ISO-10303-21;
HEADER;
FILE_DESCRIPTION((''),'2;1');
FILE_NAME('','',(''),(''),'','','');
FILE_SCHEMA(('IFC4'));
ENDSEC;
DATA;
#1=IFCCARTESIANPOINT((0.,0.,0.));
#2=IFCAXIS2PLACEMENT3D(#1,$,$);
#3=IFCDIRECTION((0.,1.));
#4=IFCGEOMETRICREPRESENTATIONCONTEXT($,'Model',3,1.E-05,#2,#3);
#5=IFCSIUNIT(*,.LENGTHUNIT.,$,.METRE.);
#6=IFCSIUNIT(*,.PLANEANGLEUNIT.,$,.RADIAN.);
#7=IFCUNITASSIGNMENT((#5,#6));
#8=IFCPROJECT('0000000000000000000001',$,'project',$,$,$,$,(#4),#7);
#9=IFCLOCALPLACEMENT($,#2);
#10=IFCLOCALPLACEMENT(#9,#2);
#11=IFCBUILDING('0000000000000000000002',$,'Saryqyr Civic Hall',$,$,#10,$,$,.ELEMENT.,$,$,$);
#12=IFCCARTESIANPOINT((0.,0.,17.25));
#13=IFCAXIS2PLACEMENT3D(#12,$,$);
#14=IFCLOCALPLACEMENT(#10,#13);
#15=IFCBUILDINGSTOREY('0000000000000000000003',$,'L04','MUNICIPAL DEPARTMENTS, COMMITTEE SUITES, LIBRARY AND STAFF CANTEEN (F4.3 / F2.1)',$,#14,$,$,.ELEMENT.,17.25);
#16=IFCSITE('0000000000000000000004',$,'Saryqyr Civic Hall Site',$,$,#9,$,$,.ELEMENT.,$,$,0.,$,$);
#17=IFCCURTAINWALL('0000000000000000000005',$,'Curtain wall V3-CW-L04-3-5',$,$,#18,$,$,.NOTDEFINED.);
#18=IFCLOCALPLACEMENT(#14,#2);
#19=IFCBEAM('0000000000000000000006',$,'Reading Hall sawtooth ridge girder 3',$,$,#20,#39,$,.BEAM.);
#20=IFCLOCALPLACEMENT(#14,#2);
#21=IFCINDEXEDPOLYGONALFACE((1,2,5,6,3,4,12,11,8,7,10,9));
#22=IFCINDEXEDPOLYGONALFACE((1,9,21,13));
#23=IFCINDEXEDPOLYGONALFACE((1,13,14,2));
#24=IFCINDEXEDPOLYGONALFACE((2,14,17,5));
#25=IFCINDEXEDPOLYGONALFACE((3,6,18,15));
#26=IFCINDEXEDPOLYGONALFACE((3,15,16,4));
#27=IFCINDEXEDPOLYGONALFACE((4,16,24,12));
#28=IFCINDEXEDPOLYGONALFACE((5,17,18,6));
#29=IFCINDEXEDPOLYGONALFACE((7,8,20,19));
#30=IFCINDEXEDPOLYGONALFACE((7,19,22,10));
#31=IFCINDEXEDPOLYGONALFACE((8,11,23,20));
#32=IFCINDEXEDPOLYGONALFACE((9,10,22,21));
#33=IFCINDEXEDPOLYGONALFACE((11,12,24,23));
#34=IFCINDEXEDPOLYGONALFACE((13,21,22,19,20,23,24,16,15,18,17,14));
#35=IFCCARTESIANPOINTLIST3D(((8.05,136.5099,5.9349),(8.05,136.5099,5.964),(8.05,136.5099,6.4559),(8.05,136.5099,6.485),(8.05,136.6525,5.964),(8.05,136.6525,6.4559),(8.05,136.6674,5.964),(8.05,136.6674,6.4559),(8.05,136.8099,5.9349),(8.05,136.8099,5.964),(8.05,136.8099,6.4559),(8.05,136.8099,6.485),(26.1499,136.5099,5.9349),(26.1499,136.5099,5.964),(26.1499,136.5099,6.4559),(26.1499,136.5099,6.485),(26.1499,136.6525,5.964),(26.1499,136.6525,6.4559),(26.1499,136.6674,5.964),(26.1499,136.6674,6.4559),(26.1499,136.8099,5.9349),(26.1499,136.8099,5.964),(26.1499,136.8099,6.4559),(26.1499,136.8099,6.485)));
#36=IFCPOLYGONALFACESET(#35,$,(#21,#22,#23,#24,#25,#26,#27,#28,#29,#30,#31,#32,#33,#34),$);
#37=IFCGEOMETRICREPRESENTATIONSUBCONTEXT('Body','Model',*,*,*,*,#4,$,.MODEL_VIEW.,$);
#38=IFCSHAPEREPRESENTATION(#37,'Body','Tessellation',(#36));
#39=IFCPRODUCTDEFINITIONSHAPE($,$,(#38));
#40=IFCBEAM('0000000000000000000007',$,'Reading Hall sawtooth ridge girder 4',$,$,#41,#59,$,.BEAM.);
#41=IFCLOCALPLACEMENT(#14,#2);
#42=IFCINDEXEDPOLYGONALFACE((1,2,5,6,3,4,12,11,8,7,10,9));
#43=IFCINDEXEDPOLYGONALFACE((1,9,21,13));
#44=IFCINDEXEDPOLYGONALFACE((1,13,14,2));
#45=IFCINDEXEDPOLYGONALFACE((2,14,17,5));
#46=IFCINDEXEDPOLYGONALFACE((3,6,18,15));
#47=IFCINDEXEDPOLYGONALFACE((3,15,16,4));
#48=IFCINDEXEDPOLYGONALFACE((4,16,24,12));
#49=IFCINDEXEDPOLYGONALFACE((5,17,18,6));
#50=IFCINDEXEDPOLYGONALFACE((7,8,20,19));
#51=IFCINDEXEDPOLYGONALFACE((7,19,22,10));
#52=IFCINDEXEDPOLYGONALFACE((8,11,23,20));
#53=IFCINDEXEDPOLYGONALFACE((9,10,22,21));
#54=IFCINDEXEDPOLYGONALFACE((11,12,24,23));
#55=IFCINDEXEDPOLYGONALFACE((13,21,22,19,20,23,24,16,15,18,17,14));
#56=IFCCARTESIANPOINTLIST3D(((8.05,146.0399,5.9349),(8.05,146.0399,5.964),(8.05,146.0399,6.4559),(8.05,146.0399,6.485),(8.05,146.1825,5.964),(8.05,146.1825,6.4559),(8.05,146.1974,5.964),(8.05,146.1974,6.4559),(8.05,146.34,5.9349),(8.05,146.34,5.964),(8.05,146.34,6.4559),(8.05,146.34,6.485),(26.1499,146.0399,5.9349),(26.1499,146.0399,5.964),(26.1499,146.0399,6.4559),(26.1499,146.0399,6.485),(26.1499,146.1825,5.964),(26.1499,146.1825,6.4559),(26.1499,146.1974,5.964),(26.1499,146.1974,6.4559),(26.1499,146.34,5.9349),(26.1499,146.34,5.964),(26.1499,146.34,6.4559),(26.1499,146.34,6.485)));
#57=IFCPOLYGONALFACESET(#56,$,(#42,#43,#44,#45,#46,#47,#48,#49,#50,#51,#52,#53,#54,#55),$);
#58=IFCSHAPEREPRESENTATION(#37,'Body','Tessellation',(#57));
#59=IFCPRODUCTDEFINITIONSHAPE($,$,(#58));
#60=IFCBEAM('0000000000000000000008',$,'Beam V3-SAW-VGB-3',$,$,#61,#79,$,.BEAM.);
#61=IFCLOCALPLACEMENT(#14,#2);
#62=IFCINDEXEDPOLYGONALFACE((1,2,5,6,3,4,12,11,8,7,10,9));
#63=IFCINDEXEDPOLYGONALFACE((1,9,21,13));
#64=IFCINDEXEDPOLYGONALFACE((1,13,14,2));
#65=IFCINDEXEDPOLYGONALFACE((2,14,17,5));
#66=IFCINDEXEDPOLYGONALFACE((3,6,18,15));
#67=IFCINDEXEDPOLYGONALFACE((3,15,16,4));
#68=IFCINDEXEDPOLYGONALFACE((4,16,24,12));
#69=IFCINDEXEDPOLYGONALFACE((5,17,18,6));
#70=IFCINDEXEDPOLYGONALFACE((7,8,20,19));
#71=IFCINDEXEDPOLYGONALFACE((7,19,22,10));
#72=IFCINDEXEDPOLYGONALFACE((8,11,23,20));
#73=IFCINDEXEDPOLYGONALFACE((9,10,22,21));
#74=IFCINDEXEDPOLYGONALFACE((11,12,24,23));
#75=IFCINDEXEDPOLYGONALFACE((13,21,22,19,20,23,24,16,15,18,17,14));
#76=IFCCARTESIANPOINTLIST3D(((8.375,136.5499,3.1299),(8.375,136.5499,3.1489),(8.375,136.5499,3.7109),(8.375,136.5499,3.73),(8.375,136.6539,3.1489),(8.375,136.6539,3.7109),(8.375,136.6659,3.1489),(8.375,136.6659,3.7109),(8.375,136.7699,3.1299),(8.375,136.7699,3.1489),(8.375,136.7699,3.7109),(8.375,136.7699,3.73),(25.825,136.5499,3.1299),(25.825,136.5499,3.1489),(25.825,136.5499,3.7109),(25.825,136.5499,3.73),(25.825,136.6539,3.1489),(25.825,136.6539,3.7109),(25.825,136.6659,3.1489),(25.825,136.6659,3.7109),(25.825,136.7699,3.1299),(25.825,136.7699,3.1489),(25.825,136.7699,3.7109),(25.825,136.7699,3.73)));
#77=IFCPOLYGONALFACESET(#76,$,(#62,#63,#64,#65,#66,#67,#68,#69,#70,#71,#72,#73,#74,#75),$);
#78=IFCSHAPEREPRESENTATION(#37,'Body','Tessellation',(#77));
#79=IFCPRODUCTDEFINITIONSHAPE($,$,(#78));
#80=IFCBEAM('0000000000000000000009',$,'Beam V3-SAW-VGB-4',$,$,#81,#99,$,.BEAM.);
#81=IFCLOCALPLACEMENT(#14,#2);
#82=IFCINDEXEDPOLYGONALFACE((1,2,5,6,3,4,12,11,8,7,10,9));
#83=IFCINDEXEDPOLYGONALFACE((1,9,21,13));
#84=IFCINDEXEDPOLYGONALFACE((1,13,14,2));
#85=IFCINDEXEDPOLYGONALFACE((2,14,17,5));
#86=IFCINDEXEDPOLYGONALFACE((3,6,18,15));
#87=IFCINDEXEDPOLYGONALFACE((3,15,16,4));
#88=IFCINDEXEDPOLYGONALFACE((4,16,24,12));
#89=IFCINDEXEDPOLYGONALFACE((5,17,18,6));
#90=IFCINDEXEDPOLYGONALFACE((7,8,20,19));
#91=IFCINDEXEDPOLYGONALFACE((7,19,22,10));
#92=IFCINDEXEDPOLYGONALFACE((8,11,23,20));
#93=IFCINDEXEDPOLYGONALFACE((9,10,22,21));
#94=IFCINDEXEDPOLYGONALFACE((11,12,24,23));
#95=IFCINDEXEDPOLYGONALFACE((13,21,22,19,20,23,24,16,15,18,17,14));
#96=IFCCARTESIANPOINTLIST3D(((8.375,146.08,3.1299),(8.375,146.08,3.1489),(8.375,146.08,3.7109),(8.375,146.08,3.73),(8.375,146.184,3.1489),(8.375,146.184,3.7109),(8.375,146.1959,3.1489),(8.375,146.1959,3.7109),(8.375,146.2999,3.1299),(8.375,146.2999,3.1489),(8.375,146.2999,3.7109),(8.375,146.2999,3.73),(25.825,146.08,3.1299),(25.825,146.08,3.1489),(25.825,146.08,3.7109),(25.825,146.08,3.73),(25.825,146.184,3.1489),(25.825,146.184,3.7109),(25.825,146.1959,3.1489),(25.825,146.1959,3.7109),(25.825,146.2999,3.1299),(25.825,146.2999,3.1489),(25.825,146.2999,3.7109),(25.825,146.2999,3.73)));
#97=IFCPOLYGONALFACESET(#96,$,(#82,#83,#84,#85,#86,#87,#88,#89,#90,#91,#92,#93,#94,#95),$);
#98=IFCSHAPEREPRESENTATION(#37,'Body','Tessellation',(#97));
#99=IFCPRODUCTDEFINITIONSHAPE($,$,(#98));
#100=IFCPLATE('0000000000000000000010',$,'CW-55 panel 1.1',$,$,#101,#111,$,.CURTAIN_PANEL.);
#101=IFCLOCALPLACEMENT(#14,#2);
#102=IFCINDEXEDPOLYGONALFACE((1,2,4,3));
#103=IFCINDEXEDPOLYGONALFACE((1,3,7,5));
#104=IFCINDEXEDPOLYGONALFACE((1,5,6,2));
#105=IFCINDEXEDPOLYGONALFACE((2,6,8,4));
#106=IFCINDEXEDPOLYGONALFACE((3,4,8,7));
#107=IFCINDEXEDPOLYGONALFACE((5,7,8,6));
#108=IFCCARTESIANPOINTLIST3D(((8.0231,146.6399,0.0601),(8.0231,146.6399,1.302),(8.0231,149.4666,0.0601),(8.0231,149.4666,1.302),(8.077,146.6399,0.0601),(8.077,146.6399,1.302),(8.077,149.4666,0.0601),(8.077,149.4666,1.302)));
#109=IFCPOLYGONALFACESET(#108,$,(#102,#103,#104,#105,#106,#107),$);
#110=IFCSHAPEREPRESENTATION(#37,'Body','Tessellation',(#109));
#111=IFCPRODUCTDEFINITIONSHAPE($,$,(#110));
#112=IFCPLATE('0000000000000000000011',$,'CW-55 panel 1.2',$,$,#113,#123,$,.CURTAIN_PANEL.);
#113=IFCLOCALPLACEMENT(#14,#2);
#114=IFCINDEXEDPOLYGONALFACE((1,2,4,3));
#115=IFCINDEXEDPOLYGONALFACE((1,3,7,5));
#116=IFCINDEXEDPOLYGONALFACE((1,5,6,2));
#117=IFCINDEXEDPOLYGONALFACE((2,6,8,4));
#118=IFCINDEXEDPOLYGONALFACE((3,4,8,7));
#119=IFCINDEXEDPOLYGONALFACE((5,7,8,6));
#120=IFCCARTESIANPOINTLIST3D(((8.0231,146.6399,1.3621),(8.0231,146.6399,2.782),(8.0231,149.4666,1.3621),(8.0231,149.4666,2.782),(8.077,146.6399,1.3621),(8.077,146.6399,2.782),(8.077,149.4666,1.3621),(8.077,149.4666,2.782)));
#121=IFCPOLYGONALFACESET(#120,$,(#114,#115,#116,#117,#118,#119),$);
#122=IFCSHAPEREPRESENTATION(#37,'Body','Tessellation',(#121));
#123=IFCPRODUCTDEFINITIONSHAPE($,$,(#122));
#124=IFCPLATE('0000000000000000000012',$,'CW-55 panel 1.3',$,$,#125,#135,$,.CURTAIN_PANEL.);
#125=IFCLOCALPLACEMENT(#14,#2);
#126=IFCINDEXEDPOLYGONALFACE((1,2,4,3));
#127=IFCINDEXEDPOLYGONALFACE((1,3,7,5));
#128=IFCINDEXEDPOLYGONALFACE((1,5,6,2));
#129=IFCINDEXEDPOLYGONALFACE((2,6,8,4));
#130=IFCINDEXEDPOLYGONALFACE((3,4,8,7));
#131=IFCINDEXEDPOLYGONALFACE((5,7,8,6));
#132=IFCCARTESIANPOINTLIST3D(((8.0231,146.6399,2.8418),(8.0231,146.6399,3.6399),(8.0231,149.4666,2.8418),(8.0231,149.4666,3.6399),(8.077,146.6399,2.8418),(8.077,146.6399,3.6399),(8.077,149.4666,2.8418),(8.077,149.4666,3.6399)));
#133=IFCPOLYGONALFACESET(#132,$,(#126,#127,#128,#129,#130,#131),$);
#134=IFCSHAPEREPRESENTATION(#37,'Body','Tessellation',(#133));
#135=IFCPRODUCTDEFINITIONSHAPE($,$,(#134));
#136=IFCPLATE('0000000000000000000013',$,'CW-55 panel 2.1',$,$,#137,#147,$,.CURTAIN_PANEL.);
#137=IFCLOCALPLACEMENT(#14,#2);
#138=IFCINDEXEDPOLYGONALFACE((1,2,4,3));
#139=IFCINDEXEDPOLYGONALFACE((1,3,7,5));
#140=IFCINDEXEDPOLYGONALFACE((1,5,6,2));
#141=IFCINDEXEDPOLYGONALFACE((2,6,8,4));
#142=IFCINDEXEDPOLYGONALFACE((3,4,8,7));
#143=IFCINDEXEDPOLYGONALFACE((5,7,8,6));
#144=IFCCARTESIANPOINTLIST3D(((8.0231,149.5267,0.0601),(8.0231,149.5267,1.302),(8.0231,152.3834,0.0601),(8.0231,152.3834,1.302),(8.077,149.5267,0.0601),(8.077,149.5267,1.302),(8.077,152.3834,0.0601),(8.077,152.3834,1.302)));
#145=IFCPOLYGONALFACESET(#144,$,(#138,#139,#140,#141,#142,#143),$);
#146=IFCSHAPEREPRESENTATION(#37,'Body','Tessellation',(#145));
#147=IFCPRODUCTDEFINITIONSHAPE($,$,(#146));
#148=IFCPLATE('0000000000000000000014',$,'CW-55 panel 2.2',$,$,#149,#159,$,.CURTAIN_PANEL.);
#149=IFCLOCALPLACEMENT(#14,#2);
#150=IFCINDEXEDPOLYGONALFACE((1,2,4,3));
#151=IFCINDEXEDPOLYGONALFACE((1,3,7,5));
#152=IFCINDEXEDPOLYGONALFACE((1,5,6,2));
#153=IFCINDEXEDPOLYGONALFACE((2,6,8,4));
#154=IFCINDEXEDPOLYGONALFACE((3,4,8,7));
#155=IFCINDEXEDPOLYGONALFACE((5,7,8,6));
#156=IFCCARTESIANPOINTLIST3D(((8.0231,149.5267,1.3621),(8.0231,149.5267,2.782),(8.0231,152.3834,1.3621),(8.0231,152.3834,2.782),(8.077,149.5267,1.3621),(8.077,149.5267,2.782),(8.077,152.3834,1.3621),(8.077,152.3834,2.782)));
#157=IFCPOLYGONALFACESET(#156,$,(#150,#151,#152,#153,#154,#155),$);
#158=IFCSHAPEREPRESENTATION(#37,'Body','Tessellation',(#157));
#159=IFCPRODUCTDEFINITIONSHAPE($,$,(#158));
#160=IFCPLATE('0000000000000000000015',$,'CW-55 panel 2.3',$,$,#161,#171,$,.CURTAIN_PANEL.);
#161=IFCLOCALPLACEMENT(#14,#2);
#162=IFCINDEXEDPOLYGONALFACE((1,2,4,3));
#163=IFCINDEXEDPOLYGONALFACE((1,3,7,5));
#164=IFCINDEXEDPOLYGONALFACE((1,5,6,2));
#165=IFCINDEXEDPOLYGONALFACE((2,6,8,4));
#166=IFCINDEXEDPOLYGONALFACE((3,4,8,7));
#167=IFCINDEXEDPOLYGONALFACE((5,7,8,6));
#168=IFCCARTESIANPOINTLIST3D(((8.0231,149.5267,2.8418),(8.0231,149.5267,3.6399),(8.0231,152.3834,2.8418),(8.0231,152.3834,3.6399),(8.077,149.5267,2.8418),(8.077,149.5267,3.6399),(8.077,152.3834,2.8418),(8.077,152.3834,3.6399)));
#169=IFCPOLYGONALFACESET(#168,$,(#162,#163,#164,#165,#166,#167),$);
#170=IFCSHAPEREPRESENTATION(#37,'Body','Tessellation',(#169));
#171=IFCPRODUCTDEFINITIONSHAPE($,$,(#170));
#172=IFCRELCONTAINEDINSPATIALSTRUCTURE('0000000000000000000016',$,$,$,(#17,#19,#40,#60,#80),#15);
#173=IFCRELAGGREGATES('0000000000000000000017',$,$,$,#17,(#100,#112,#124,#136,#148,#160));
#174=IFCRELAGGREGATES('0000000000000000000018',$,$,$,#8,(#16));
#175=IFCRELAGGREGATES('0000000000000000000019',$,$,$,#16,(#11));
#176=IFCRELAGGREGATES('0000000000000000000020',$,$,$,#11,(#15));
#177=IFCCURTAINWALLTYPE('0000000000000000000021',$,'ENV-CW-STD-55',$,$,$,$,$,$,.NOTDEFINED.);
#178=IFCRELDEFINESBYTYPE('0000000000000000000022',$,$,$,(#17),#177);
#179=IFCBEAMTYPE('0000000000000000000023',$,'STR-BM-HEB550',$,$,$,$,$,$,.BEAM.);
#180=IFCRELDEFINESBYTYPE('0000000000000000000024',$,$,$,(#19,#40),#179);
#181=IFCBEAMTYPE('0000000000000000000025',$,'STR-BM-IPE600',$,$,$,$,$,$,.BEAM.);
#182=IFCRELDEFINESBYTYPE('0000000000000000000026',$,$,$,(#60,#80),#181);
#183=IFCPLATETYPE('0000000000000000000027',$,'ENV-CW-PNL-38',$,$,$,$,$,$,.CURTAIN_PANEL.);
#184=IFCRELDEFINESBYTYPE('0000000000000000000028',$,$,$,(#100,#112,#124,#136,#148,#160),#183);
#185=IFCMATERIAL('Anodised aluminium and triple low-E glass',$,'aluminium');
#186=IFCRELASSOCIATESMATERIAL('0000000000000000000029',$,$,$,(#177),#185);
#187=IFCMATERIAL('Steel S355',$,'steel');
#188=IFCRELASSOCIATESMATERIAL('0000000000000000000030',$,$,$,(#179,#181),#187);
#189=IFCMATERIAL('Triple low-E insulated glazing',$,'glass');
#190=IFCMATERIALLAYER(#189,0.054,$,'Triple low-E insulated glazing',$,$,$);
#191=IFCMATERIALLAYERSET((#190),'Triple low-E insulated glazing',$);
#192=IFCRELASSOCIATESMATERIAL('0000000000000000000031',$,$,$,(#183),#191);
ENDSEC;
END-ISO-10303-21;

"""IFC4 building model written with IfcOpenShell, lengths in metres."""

from ifc_helpers import new_model, si_unit, direction, frame, origin, origin_2d, place, context, subcontext, project, spatial, rectangle, i_section, extrude, material, layer, layer_set, material_profile, profile_set, type_object, element, aggregate, save


model = new_model("IFC4")

# Units and contexts
model_context = context("Model", 3, precision=1e-05, world=origin(), true_north=direction((0.0, 1.0)))
body_context = subcontext(model_context, "Body", "Model", "MODEL_VIEW")
ifc_project = project(units=[si_unit("LENGTHUNIT", "METRE"), si_unit("PLANEANGLEUNIT", "RADIAN")], contexts=[model_context])

# Site, building, storey
site_placement = place(None, origin())
site = spatial("IfcSite", under=ifc_project, at=site_placement, Name="Saryqyr Civic Hall Site", CompositionType="ELEMENT", RefElevation=0.0)
building_placement = place(site_placement, origin())
building = spatial("IfcBuilding", under=site, at=building_placement, Name="Saryqyr Civic Hall", CompositionType="ELEMENT")
storey_placement = place(building_placement, frame((0.0, 0.0, 17.25)))
storey = spatial("IfcBuildingStorey", under=building, at=storey_placement, Name="L04", Description="MUNICIPAL DEPARTMENTS, COMMITTEE SUITES, LIBRARY AND STAFF CANTEEN (F4.3 / F2.1)", CompositionType="ELEMENT", Elevation=17.25)

# Shared definitions
ifc_material_1 = material(Name="Anodised aluminium and triple low-E glass", Category="aluminium")
curtain_wall_type = type_object("IfcCurtainWallType", Name="ENV-CW-STD-55", PredefinedType="NOTDEFINED", material=ifc_material_1)

# Curtain wall
curtain_wall_1_placement = place(storey_placement, origin())
curtain_wall_1 = element("IfcCurtainWall", 1, at=curtain_wall_1_placement, inside=storey, type_object=curtain_wall_type, Name="Curtain wall V3-CW-L04-3-5", PredefinedType="NOTDEFINED")

# Beams
ifc_material_2 = material(Name="Steel S355", Category="steel")
ifc_material_profile_1 = material_profile(ifc_material_2, i_section(OverallWidth=0.3, OverallDepth=0.55, WebThickness=0.0149, FlangeThickness=0.0291, at=origin_2d()), Name="HEB 550")
ifc_profile_set_1 = profile_set([ifc_material_profile_1], Name="Steel S355")
beam_type_1 = type_object("IfcBeamType", Name="STR-BM-HEB550", PredefinedType="BEAM", material=ifc_profile_set_1)
for number, where, z_axis, x_axis, name in (
    (2, (8.05, 136.6599, 6.21), (1.0, 0.0, 0.0), (0.0, 1.0, 0.0), "Reading Hall sawtooth ridge girder 3"),
    (3, (8.05, 146.1899, 6.21), (1.0, 0.0, 0.0), (0.0, 1.0, 0.0), "Reading Hall sawtooth ridge girder 4"),
):
    element("IfcBeam", number, at=place(storey_placement, frame(where, z_axis=z_axis, x_axis=x_axis)), inside=storey, type_object=beam_type_1, Name=name, PredefinedType="BEAM", context=body_context, shape_type="SweptSolid", body=[
        extrude(i_section(OverallWidth=0.3, OverallDepth=0.55, WebThickness=0.0149, FlangeThickness=0.0291, at=origin_2d()), origin(), (0.0, 0.0, 1.0), 18.0999),
    ])
ifc_material_profile_2 = material_profile(ifc_material_2, i_section(OverallWidth=0.22, OverallDepth=0.6001, WebThickness=0.012, FlangeThickness=0.019, at=origin_2d()), Name="IPE 600")
ifc_profile_set_2 = profile_set([ifc_material_profile_2], Name="Steel S355")
beam_type_2 = type_object("IfcBeamType", Name="STR-BM-IPE600", PredefinedType="BEAM", material=ifc_profile_set_2)
for number, where, z_axis, x_axis, name in (
    (4, (8.375, 136.6599, 3.4299), (1.0, 0.0, 0.0), (0.0, 1.0, 0.0), "Beam V3-SAW-VGB-3"),
    (5, (8.375, 146.1899, 3.4299), (1.0, 0.0, 0.0), (0.0, 1.0, 0.0), "Beam V3-SAW-VGB-4"),
):
    element("IfcBeam", number, at=place(storey_placement, frame(where, z_axis=z_axis, x_axis=x_axis)), inside=storey, type_object=beam_type_2, Name=name, PredefinedType="BEAM", context=body_context, shape_type="SweptSolid", body=[
        extrude(i_section(OverallWidth=0.22, OverallDepth=0.6001, WebThickness=0.012, FlangeThickness=0.019, at=origin_2d()), origin(), (0.0, 0.0, 1.0), 17.45),
    ])

# Plates
ifc_material_3 = material(Name="Triple low-E insulated glazing", Category="glass")
ifc_layer_1 = layer(ifc_material_3, 0.054, Name="Triple low-E insulated glazing")
ifc_layer_set_1 = layer_set([ifc_layer_1], Name="Triple low-E insulated glazing")
plate_type = type_object("IfcPlateType", Name="ENV-CW-PNL-38", PredefinedType="CURTAIN_PANEL", material=ifc_layer_set_1)
plate_1_placement = place(storey_placement, frame((8.05, 148.0532, 0.0601), z_axis=(0.0, 0.0, 1.0), x_axis=(0.0, 1.0, 0.0)))
plate_1 = element("IfcPlate", 6, at=plate_1_placement, type_object=plate_type, Name="CW-55 panel 1.1", PredefinedType="CURTAIN_PANEL", context=body_context, shape_type="SweptSolid", body=[
    extrude(rectangle(XDim=2.8267, YDim=0.054, at=origin_2d()), origin(), (0.0, 0.0, 1.0), 1.2419),
])
plate_2_placement = place(storey_placement, frame((8.05, 148.0532, 1.3621), z_axis=(0.0, 0.0, 1.0), x_axis=(0.0, 1.0, 0.0)))
plate_2 = element("IfcPlate", 7, at=plate_2_placement, type_object=plate_type, Name="CW-55 panel 1.2", PredefinedType="CURTAIN_PANEL", context=body_context, shape_type="SweptSolid", body=[
    extrude(rectangle(XDim=2.8267, YDim=0.054, at=origin_2d()), origin(), (0.0, 0.0, 1.0), 1.4199),
])
plate_3_placement = place(storey_placement, frame((8.05, 148.0532, 2.8418), z_axis=(0.0, 0.0, 1.0), x_axis=(0.0, 1.0, 0.0)))
plate_3 = element("IfcPlate", 8, at=plate_3_placement, type_object=plate_type, Name="CW-55 panel 1.3", PredefinedType="CURTAIN_PANEL", context=body_context, shape_type="SweptSolid", body=[
    extrude(rectangle(XDim=2.8267, YDim=0.054, at=origin_2d()), origin(), (0.0, 0.0, 1.0), 0.7981),
])
plate_4_placement = place(storey_placement, frame((8.05, 150.9551, 0.0601), z_axis=(0.0, 0.0, 1.0), x_axis=(0.0, 1.0, 0.0)))
plate_4 = element("IfcPlate", 9, at=plate_4_placement, type_object=plate_type, Name="CW-55 panel 2.1", PredefinedType="CURTAIN_PANEL", context=body_context, shape_type="SweptSolid", body=[
    extrude(rectangle(XDim=2.8567, YDim=0.054, at=origin_2d()), origin(), (0.0, 0.0, 1.0), 1.2419),
])
plate_5_placement = place(storey_placement, frame((8.05, 150.9551, 1.3621), z_axis=(0.0, 0.0, 1.0), x_axis=(0.0, 1.0, 0.0)))
plate_5 = element("IfcPlate", 10, at=plate_5_placement, type_object=plate_type, Name="CW-55 panel 2.2", PredefinedType="CURTAIN_PANEL", context=body_context, shape_type="SweptSolid", body=[
    extrude(rectangle(XDim=2.8567, YDim=0.054, at=origin_2d()), origin(), (0.0, 0.0, 1.0), 1.4199),
])
plate_6_placement = place(storey_placement, frame((8.05, 150.9551, 2.8418), z_axis=(0.0, 0.0, 1.0), x_axis=(0.0, 1.0, 0.0)))
plate_6 = element("IfcPlate", 11, at=plate_6_placement, type_object=plate_type, Name="CW-55 panel 2.3", PredefinedType="CURTAIN_PANEL", context=body_context, shape_type="SweptSolid", body=[
    extrude(rectangle(XDim=2.8567, YDim=0.054, at=origin_2d()), origin(), (0.0, 0.0, 1.0), 0.7981),
])
aggregate(curtain_wall_1, [plate_1, plate_2, plate_3, plate_4, plate_5, plate_6])

save(model, "model.ifc")
